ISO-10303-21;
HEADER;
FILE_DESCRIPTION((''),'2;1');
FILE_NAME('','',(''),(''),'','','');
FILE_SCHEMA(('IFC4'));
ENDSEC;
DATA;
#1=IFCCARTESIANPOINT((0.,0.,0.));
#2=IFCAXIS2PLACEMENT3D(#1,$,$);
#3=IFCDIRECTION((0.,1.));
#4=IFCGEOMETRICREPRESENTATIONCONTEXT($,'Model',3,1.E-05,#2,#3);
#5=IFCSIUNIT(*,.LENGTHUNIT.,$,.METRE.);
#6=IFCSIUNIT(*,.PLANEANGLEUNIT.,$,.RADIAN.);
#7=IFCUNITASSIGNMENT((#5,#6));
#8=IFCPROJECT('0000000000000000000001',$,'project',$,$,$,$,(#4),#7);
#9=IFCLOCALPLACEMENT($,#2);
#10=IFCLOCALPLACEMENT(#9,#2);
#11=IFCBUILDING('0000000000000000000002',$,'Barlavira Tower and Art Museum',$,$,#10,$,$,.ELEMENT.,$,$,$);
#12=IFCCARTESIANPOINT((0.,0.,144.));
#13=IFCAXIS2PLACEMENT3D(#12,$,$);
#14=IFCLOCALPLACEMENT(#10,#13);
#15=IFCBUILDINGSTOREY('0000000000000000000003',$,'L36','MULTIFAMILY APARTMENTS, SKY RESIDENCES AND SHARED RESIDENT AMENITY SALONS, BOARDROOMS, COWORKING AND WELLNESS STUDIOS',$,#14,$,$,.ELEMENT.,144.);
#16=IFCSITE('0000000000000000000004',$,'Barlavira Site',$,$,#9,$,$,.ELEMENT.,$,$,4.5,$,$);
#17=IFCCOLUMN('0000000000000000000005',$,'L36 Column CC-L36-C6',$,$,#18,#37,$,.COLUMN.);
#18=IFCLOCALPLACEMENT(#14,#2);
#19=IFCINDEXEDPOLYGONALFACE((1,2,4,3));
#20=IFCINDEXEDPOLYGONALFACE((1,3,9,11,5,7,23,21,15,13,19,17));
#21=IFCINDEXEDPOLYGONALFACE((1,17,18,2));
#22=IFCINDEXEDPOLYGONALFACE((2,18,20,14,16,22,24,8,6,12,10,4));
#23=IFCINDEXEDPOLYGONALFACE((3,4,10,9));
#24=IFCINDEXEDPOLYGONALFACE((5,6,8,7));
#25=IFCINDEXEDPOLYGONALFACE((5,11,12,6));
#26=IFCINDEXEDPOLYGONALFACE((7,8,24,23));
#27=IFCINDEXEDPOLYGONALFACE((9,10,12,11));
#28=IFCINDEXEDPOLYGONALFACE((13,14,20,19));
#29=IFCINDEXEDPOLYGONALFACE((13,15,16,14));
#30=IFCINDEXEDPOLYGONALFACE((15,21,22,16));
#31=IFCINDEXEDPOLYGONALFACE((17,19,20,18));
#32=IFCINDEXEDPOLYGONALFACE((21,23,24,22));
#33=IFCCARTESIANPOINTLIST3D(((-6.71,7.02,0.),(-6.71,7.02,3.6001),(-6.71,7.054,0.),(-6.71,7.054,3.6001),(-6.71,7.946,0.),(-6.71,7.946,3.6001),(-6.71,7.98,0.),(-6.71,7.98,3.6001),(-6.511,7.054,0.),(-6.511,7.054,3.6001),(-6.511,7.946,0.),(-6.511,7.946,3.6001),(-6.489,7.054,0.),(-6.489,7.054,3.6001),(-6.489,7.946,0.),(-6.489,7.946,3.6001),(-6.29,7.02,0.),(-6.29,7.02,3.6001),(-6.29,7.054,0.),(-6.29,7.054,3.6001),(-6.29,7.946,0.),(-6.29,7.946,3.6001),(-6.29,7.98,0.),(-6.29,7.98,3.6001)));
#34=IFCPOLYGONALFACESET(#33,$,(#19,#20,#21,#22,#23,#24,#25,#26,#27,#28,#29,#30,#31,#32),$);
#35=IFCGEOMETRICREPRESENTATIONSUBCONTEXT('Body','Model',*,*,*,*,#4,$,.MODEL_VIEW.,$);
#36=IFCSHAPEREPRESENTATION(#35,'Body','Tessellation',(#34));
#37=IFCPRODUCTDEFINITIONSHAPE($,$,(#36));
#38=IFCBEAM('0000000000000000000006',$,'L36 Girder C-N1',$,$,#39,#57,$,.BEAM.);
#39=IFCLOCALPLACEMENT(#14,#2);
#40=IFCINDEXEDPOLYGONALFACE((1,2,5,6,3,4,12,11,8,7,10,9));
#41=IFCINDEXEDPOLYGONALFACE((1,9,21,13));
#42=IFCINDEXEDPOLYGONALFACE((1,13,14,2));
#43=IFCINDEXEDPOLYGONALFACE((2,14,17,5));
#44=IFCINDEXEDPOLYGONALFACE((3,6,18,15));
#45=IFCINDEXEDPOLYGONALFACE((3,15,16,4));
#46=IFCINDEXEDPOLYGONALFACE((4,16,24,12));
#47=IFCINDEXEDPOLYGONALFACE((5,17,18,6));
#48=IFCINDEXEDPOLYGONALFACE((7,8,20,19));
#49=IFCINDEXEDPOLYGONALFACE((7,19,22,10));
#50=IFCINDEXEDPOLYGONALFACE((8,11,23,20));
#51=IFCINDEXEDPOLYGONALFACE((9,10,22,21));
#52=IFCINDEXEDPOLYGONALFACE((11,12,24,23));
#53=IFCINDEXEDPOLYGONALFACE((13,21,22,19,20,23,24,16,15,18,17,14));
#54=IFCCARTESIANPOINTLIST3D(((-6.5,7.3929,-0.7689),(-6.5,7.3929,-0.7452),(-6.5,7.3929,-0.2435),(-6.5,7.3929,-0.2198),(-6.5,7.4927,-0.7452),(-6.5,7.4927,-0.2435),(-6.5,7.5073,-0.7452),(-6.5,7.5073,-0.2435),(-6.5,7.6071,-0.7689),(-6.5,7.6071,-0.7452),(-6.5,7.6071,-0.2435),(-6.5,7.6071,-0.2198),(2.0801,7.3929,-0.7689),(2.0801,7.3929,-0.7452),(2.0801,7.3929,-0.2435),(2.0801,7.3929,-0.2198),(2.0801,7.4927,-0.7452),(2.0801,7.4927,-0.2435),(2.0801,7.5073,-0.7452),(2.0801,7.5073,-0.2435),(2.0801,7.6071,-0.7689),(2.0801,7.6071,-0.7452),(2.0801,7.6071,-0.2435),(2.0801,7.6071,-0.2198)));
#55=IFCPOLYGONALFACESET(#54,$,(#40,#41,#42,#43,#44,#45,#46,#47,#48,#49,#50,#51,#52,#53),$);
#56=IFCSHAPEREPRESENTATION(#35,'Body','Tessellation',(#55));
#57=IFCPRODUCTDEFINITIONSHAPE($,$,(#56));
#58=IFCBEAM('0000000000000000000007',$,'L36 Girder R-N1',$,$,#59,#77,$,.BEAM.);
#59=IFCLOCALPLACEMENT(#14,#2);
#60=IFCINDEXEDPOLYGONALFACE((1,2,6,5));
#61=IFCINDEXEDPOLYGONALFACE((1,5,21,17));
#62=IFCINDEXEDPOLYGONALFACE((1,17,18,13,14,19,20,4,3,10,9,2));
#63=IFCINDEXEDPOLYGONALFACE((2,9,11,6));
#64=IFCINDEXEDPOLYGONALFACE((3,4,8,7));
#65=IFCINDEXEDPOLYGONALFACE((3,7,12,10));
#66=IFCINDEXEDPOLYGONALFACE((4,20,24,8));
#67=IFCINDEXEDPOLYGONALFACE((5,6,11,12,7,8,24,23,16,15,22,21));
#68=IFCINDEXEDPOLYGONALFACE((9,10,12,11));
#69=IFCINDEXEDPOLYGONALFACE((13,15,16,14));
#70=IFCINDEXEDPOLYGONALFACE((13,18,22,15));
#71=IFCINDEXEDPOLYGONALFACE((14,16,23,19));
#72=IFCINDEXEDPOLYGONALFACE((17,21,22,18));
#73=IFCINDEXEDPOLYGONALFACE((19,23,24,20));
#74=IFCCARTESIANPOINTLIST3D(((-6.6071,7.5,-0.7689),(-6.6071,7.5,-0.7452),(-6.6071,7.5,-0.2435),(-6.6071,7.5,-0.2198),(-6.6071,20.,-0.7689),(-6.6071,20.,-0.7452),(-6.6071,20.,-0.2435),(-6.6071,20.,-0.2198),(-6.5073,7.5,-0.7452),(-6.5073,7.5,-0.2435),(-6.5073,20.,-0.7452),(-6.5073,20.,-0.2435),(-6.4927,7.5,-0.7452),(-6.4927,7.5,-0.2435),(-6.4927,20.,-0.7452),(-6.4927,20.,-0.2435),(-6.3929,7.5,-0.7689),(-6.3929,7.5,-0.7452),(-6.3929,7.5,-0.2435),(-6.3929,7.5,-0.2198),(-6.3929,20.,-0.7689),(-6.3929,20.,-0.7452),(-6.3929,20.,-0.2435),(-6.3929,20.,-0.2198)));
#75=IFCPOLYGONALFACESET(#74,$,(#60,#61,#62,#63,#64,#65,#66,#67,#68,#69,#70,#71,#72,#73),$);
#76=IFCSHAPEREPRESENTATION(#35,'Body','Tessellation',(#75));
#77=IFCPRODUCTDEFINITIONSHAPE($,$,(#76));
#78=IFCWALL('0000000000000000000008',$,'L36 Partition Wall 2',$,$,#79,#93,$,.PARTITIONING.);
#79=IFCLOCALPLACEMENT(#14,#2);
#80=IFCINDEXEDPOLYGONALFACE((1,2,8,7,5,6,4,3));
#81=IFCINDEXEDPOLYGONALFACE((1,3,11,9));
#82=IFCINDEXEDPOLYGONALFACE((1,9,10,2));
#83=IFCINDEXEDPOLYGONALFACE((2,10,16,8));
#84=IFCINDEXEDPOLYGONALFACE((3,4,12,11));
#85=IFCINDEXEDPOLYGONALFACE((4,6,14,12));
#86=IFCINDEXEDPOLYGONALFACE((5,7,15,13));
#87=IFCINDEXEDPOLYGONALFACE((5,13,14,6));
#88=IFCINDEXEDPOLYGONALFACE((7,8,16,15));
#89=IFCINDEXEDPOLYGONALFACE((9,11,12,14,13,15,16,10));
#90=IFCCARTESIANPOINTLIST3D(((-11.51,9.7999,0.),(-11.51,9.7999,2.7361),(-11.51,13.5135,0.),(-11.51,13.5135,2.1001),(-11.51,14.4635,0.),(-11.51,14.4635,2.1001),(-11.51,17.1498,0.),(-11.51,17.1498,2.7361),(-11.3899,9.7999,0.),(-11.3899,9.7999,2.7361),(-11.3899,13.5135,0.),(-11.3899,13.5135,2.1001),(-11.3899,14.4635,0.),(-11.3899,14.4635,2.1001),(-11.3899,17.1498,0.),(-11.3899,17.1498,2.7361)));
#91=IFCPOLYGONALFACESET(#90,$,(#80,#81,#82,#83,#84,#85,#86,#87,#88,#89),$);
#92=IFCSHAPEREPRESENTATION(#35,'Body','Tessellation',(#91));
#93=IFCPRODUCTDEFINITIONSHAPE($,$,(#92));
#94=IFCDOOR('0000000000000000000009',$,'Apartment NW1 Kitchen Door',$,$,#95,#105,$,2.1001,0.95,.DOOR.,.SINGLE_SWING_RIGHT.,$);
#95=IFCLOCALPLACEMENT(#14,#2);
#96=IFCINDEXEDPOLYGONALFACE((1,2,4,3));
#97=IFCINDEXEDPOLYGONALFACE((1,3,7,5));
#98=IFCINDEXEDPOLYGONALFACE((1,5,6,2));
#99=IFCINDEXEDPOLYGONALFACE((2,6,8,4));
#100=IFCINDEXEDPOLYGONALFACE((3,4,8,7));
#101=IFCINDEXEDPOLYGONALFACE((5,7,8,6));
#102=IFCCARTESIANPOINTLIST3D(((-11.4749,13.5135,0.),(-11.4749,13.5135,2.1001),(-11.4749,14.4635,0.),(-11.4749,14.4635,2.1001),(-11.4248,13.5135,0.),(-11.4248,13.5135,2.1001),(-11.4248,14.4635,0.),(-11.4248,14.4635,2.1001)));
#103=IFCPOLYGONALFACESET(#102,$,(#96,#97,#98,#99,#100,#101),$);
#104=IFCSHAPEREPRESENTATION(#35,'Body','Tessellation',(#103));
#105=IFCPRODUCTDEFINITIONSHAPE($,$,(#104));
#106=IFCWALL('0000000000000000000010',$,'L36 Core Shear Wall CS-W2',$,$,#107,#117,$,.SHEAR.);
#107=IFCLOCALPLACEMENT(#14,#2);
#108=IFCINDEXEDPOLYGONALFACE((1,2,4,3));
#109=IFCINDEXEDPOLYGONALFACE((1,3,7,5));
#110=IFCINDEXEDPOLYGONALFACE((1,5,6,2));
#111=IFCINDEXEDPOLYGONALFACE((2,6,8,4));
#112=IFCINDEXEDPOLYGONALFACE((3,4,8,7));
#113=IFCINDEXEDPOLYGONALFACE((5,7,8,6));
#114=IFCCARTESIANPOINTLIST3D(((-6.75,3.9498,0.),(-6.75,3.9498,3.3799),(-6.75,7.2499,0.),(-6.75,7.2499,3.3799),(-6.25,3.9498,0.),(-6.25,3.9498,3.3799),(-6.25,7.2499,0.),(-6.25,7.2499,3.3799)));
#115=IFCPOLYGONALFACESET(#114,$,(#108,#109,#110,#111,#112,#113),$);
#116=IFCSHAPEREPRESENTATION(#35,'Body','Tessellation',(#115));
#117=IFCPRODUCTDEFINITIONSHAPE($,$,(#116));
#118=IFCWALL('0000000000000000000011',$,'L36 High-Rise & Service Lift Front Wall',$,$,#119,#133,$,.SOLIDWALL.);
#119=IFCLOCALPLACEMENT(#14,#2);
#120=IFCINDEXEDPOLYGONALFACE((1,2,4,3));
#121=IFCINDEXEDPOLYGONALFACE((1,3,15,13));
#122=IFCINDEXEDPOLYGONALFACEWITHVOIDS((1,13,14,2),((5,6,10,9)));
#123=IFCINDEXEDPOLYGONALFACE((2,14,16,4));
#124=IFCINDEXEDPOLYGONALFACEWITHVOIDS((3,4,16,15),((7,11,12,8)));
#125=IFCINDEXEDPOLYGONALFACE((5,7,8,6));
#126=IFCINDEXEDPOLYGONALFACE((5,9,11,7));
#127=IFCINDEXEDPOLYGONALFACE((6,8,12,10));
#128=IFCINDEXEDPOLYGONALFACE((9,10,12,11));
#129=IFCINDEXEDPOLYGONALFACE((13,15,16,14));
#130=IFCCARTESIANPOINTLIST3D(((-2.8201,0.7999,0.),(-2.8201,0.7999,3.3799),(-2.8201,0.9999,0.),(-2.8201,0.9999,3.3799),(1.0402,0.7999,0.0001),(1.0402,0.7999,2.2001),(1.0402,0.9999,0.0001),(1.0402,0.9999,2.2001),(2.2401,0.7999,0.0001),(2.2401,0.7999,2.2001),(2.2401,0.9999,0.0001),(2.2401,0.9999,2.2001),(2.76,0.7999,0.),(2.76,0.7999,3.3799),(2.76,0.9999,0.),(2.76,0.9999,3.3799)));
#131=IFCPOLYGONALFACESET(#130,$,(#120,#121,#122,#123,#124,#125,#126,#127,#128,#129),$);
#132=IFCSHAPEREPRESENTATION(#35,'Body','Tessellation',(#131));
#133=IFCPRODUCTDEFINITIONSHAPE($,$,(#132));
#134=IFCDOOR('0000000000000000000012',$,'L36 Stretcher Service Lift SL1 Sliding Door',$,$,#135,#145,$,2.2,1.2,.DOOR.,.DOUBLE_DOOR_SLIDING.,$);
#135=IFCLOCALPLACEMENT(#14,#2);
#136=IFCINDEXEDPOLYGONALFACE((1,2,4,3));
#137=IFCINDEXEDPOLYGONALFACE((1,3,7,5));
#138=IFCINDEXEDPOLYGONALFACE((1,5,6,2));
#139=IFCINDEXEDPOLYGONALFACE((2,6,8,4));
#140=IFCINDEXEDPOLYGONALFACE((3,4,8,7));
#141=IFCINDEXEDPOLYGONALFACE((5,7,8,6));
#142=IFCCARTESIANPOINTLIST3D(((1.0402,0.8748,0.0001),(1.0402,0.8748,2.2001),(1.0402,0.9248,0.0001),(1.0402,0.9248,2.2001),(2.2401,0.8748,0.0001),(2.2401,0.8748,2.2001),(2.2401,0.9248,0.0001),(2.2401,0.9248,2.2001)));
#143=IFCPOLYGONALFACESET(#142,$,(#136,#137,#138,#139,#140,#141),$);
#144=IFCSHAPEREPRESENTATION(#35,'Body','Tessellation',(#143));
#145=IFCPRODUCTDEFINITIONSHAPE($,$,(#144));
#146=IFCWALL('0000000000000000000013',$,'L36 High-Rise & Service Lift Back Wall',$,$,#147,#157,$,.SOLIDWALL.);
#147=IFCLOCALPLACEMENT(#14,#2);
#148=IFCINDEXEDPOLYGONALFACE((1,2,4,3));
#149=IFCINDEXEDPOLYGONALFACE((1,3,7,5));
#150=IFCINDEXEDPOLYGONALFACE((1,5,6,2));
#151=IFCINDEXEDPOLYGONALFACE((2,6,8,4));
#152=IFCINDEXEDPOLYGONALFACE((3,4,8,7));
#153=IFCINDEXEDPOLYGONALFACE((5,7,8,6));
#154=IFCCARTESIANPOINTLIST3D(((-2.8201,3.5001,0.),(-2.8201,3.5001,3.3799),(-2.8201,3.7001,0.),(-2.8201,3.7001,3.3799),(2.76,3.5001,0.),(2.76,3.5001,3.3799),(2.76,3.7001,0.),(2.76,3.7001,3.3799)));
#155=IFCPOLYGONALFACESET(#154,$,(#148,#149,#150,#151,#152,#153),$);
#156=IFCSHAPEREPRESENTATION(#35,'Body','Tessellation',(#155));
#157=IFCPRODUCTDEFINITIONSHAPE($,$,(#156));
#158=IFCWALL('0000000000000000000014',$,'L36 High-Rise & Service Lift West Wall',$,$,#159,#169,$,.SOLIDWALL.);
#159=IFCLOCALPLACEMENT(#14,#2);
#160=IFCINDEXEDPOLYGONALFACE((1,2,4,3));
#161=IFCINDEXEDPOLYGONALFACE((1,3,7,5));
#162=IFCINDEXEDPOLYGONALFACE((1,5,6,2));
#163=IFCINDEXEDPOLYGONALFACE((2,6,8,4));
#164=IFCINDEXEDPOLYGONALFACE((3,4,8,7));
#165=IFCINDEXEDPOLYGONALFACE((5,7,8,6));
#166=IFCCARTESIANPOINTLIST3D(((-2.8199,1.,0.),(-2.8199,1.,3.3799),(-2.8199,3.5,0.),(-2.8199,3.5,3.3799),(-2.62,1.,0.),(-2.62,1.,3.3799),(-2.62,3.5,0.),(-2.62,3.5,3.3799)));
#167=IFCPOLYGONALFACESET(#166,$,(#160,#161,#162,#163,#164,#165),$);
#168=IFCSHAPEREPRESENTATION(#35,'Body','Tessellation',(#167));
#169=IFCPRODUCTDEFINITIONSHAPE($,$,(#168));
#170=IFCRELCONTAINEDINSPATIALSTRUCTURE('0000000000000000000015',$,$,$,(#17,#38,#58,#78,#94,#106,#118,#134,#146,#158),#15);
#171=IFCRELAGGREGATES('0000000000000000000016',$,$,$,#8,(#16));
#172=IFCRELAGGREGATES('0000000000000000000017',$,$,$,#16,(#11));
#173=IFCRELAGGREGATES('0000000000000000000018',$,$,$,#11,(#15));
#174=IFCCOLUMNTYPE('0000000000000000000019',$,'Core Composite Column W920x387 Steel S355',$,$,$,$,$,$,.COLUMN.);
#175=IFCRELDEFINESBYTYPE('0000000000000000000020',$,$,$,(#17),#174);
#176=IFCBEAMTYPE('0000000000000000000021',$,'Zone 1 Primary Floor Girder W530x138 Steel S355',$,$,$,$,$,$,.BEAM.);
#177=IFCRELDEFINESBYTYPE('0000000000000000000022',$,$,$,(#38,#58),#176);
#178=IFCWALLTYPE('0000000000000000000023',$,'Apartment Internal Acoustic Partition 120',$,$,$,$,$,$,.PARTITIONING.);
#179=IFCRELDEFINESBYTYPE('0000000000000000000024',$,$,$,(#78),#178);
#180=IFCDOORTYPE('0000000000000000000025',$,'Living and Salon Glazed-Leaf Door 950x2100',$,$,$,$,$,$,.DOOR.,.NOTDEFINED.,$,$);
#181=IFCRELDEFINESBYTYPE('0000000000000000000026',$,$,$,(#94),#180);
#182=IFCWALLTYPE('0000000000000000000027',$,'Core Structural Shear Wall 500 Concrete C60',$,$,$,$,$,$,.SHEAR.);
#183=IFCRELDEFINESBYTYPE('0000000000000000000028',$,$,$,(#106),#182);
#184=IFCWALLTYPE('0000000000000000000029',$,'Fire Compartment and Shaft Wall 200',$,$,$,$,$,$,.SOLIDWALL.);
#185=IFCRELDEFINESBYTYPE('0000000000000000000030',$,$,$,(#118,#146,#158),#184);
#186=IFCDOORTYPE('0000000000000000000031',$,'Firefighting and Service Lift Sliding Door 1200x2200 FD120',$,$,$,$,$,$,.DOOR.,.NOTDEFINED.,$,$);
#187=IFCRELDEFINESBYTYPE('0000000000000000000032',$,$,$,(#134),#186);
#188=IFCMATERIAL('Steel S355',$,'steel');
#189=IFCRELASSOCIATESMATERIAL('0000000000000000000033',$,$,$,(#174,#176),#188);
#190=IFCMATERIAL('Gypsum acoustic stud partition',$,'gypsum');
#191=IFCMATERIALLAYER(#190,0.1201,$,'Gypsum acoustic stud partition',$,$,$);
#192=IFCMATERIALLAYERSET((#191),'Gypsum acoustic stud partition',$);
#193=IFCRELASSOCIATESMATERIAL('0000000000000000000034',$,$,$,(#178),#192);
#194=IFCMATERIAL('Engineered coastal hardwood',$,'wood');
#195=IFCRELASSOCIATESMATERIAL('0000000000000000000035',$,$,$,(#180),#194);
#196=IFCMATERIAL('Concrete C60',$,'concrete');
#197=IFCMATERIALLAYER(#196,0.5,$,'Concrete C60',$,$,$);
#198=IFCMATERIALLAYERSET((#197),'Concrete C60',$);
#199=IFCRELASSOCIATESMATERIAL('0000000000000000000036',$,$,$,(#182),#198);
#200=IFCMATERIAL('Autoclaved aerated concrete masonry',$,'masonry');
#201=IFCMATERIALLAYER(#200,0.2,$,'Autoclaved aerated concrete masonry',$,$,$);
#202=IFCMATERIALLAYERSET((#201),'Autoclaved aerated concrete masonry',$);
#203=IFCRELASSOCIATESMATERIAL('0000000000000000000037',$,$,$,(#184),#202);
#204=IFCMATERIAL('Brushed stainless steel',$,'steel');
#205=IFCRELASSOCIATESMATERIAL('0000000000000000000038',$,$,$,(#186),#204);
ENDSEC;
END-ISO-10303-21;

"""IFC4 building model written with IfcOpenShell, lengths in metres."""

from ifc_helpers import new_model, si_unit, direction, frame, frame_2d, origin, origin_2d, place, context, subcontext, project, spatial, rectangle, i_section, extrude, material, layer, layer_set, material_profile, profile_set, type_object, element, fill, save


model = new_model("IFC4")

# Units and contexts
model_context = context("Model", 3, precision=1e-05, world=origin(), true_north=direction((0.0, 1.0)))
body_context = subcontext(model_context, "Body", "Model", "MODEL_VIEW")
ifc_project = project(units=[si_unit("LENGTHUNIT", "METRE"), si_unit("PLANEANGLEUNIT", "RADIAN")], contexts=[model_context])

# Site, building, storey
site_placement = place(None, origin())
site = spatial("IfcSite", under=ifc_project, at=site_placement, Name="Barlavira Site", CompositionType="ELEMENT", RefElevation=4.5)
building_placement = place(site_placement, origin())
building = spatial("IfcBuilding", under=site, at=building_placement, Name="Barlavira Tower and Art Museum", CompositionType="ELEMENT")
storey_placement = place(building_placement, frame((0.0, 0.0, 144.0)))
storey = spatial("IfcBuildingStorey", under=building, at=storey_placement, Name="L36", Description="MULTIFAMILY APARTMENTS, SKY RESIDENCES AND SHARED RESIDENT AMENITY SALONS, BOARDROOMS, COWORKING AND WELLNESS STUDIOS", CompositionType="ELEMENT", Elevation=144.0)

# Column
ifc_material_1 = material(Name="Steel S355", Category="steel")
ifc_material_profile_1 = material_profile(ifc_material_1, i_section(OverallWidth=0.4199, OverallDepth=0.96, WebThickness=0.022, FlangeThickness=0.0339, at=origin_2d()), Name="W920x387.0")
ifc_profile_set_1 = profile_set([ifc_material_profile_1], Name="Steel S355")
column_type = type_object("IfcColumnType", Name="Core Composite Column W920x387 Steel S355", PredefinedType="COLUMN", material=ifc_profile_set_1)
column_placement = place(storey_placement, frame((-6.5, 7.5, 0.0), z_axis=(0.0, 0.0, 1.0), x_axis=(1.0, 0.0, 0.0)))
element("IfcColumn", 1, at=column_placement, inside=storey, type_object=column_type, Name="L36 Column CC-L36-C6", PredefinedType="COLUMN", context=body_context, shape_type="SweptSolid", body=[
    extrude(i_section(OverallWidth=0.4199, OverallDepth=0.96, WebThickness=0.022, FlangeThickness=0.0339, at=origin_2d()), origin(), (0.0, 0.0, 1.0), 3.6001),
])

# Beams
ifc_material_profile_2 = material_profile(ifc_material_1, i_section(OverallWidth=0.2141, OverallDepth=0.5491, WebThickness=0.0146, FlangeThickness=0.0237, at=origin_2d()), Name="W530x138.0")
ifc_profile_set_2 = profile_set([ifc_material_profile_2], Name="Steel S355")
beam_type = type_object("IfcBeamType", Name="Zone 1 Primary Floor Girder W530x138 Steel S355", PredefinedType="BEAM", material=ifc_profile_set_2)
beam_1_placement = place(storey_placement, frame((-6.5, 7.5, -0.4944), z_axis=(1.0, 0.0, 0.0), x_axis=(0.0, 1.0, 0.0)))
element("IfcBeam", 2, at=beam_1_placement, inside=storey, type_object=beam_type, Name="L36 Girder C-N1", PredefinedType="BEAM", context=body_context, shape_type="SweptSolid", body=[
    extrude(i_section(OverallWidth=0.2141, OverallDepth=0.5491, WebThickness=0.0146, FlangeThickness=0.0237, at=origin_2d()), origin(), (0.0, 0.0, 1.0), 8.5801),
])
beam_2_placement = place(storey_placement, frame((-6.5, 7.5, -0.4944), z_axis=(0.0, 1.0, 0.0), x_axis=(-1.0, 0.0, 0.0)))
element("IfcBeam", 3, at=beam_2_placement, inside=storey, type_object=beam_type, Name="L36 Girder R-N1", PredefinedType="BEAM", context=body_context, shape_type="SweptSolid", body=[
    extrude(i_section(OverallWidth=0.2141, OverallDepth=0.5491, WebThickness=0.0146, FlangeThickness=0.0237, at=origin_2d()), origin(), (0.0, 0.0, 1.0), 12.5),
])

# Wall, opening, door
ifc_material_2 = material(Name="Gypsum acoustic stud partition", Category="gypsum")
ifc_layer_1 = layer(ifc_material_2, 0.1201, Name="Gypsum acoustic stud partition")
ifc_layer_set_1 = layer_set([ifc_layer_1], Name="Gypsum acoustic stud partition")
wall_type_1 = type_object("IfcWallType", Name="Apartment Internal Acoustic Partition 120", PredefinedType="PARTITIONING", material=ifc_layer_set_1)
wall_1_placement = place(storey_placement, frame((-11.45, 9.8, 0.0), z_axis=(0.0, 0.0, 1.0), x_axis=(0.0, 1.0, 0.0)))
wall_1 = element("IfcWall", 4, at=wall_1_placement, inside=storey, type_object=wall_type_1, Name="L36 Partition Wall 2", PredefinedType="PARTITIONING", context=body_context, shape_type="SweptSolid", body=[
    extrude(rectangle(XDim=7.3499, YDim=0.1201, at=frame_2d((3.6748, 0.0))), origin(), (0.0, 0.0, 1.0), 2.7361),
])
opening_1_placement = place(wall_1_placement, frame((3.7134, 0.0, 0.0)))
opening_1 = element("IfcOpeningElement", 5, at=opening_1_placement, cuts=wall_1, PredefinedType="OPENING", context=body_context, shape_type="SweptSolid", body=[
    extrude(rectangle(XDim=0.95, YDim=2.1001, at=frame_2d((0.4751, 1.05))), frame((0.0, 0.0701, 0.0), z_axis=(0.0, -1.0, 0.0), x_axis=(1.0, 0.0, 0.0)), (0.0, 0.0, 1.0), 0.1401),
])
ifc_material_3 = material(Name="Engineered coastal hardwood", Category="wood")
door_type_1 = type_object("IfcDoorType", Name="Living and Salon Glazed-Leaf Door 950x2100", OperationType="NOTDEFINED", PredefinedType="DOOR", material=ifc_material_3)
door_1_placement = place(opening_1_placement, origin())
door_1 = element("IfcDoor", 6, at=door_1_placement, inside=storey, type_object=door_type_1, Name="Apartment NW1 Kitchen Door", OperationType="SINGLE_SWING_RIGHT", OverallHeight=2.1001, OverallWidth=0.95, PredefinedType="DOOR", context=body_context, shape_type="SweptSolid", body=[
    extrude(rectangle(XDim=0.95, YDim=2.1001, at=frame_2d((0.4751, 1.05))), frame((0.0, 0.0249, 0.0), z_axis=(0.0, -1.0, 0.0), x_axis=(1.0, 0.0, 0.0)), (0.0, 0.0, 1.0), 0.05),
])
fill(opening_1, door_1)
ifc_material_4 = material(Name="Concrete C60", Category="concrete")
ifc_layer_2 = layer(ifc_material_4, 0.5, Name="Concrete C60")
ifc_layer_set_2 = layer_set([ifc_layer_2], Name="Concrete C60")
wall_type_2 = type_object("IfcWallType", Name="Core Structural Shear Wall 500 Concrete C60", PredefinedType="SHEAR", material=ifc_layer_set_2)
ifc_material_5 = material(Name="Brushed stainless steel", Category="steel")

# Wall
wall_2_placement = place(storey_placement, frame((-6.5, 3.95, 0.0), z_axis=(0.0, 0.0, 1.0), x_axis=(0.0, 1.0, 0.0)))
element("IfcWall", 7, at=wall_2_placement, inside=storey, type_object=wall_type_2, Name="L36 Core Shear Wall CS-W2", PredefinedType="SHEAR", context=body_context, shape_type="SweptSolid", body=[
    extrude(rectangle(XDim=3.3, YDim=0.5, at=frame_2d((1.6499, 0.0))), origin(), (0.0, 0.0, 1.0), 3.3799),
])

# Wall, opening, door
ifc_material_6 = material(Name="Autoclaved aerated concrete masonry", Category="masonry")
ifc_layer_3 = layer(ifc_material_6, 0.2, Name="Autoclaved aerated concrete masonry")
ifc_layer_set_3 = layer_set([ifc_layer_3], Name="Autoclaved aerated concrete masonry")
wall_type_3 = type_object("IfcWallType", Name="Fire Compartment and Shaft Wall 200", PredefinedType="SOLIDWALL", material=ifc_layer_set_3)
wall_3_placement = place(storey_placement, frame((-2.8201, 0.8999, 0.0), z_axis=(0.0, 0.0, 1.0), x_axis=(1.0, 0.0, 0.0)))
wall_3 = element("IfcWall", 8, at=wall_3_placement, inside=storey, type_object=wall_type_3, Name="L36 High-Rise & Service Lift Front Wall", PredefinedType="SOLIDWALL", context=body_context, shape_type="SweptSolid", body=[
    extrude(rectangle(XDim=5.5801, YDim=0.2, at=frame_2d((2.79, 0.0))), origin(), (0.0, 0.0, 1.0), 3.3799),
])
opening_2_placement = place(wall_3_placement, frame((3.8601, 0.0, 0.0)))
opening_2 = element("IfcOpeningElement", 9, at=opening_2_placement, cuts=wall_3, PredefinedType="OPENING", context=body_context, shape_type="SweptSolid", body=[
    extrude(rectangle(XDim=1.2, YDim=2.2, at=frame_2d((0.6001, 1.1001))), frame((0.0, 0.1099, 0.0), z_axis=(0.0, -1.0, 0.0), x_axis=(1.0, 0.0, 0.0)), (0.0, 0.0, 1.0), 0.22),
])
door_type_2 = type_object("IfcDoorType", Name="Firefighting and Service Lift Sliding Door 1200x2200 FD120", OperationType="NOTDEFINED", PredefinedType="DOOR", material=ifc_material_5)
door_2_placement = place(opening_2_placement, origin())
door_2 = element("IfcDoor", 10, at=door_2_placement, inside=storey, type_object=door_type_2, Name="L36 Stretcher Service Lift SL1 Sliding Door", OperationType="DOUBLE_DOOR_SLIDING", OverallHeight=2.2, OverallWidth=1.2, PredefinedType="DOOR", context=body_context, shape_type="SweptSolid", body=[
    extrude(rectangle(XDim=1.2, YDim=2.2, at=frame_2d((0.6001, 1.1001))), frame((0.0, 0.0249, 0.0), z_axis=(0.0, -1.0, 0.0), x_axis=(1.0, 0.0, 0.0)), (0.0, 0.0, 1.0), 0.05),
])
fill(opening_2, door_2)

# Walls
wall_4_placement = place(storey_placement, frame((-2.8201, 3.6001, 0.0), z_axis=(0.0, 0.0, 1.0), x_axis=(1.0, 0.0, 0.0)))
element("IfcWall", 11, at=wall_4_placement, inside=storey, type_object=wall_type_3, Name="L36 High-Rise & Service Lift Back Wall", PredefinedType="SOLIDWALL", context=body_context, shape_type="SweptSolid", body=[
    extrude(rectangle(XDim=5.5801, YDim=0.2, at=frame_2d((2.79, 0.0))), origin(), (0.0, 0.0, 1.0), 3.3799),
])
wall_5_placement = place(storey_placement, frame((-2.72, 1.0, 0.0), z_axis=(0.0, 0.0, 1.0), x_axis=(0.0, 1.0, 0.0)))
element("IfcWall", 12, at=wall_5_placement, inside=storey, type_object=wall_type_3, Name="L36 High-Rise & Service Lift West Wall", PredefinedType="SOLIDWALL", context=body_context, shape_type="SweptSolid", body=[
    extrude(rectangle(XDim=2.5, YDim=0.2, at=frame_2d((1.25, 0.0))), origin(), (0.0, 0.0, 1.0), 3.3799),
])

save(model, "model.ifc")
